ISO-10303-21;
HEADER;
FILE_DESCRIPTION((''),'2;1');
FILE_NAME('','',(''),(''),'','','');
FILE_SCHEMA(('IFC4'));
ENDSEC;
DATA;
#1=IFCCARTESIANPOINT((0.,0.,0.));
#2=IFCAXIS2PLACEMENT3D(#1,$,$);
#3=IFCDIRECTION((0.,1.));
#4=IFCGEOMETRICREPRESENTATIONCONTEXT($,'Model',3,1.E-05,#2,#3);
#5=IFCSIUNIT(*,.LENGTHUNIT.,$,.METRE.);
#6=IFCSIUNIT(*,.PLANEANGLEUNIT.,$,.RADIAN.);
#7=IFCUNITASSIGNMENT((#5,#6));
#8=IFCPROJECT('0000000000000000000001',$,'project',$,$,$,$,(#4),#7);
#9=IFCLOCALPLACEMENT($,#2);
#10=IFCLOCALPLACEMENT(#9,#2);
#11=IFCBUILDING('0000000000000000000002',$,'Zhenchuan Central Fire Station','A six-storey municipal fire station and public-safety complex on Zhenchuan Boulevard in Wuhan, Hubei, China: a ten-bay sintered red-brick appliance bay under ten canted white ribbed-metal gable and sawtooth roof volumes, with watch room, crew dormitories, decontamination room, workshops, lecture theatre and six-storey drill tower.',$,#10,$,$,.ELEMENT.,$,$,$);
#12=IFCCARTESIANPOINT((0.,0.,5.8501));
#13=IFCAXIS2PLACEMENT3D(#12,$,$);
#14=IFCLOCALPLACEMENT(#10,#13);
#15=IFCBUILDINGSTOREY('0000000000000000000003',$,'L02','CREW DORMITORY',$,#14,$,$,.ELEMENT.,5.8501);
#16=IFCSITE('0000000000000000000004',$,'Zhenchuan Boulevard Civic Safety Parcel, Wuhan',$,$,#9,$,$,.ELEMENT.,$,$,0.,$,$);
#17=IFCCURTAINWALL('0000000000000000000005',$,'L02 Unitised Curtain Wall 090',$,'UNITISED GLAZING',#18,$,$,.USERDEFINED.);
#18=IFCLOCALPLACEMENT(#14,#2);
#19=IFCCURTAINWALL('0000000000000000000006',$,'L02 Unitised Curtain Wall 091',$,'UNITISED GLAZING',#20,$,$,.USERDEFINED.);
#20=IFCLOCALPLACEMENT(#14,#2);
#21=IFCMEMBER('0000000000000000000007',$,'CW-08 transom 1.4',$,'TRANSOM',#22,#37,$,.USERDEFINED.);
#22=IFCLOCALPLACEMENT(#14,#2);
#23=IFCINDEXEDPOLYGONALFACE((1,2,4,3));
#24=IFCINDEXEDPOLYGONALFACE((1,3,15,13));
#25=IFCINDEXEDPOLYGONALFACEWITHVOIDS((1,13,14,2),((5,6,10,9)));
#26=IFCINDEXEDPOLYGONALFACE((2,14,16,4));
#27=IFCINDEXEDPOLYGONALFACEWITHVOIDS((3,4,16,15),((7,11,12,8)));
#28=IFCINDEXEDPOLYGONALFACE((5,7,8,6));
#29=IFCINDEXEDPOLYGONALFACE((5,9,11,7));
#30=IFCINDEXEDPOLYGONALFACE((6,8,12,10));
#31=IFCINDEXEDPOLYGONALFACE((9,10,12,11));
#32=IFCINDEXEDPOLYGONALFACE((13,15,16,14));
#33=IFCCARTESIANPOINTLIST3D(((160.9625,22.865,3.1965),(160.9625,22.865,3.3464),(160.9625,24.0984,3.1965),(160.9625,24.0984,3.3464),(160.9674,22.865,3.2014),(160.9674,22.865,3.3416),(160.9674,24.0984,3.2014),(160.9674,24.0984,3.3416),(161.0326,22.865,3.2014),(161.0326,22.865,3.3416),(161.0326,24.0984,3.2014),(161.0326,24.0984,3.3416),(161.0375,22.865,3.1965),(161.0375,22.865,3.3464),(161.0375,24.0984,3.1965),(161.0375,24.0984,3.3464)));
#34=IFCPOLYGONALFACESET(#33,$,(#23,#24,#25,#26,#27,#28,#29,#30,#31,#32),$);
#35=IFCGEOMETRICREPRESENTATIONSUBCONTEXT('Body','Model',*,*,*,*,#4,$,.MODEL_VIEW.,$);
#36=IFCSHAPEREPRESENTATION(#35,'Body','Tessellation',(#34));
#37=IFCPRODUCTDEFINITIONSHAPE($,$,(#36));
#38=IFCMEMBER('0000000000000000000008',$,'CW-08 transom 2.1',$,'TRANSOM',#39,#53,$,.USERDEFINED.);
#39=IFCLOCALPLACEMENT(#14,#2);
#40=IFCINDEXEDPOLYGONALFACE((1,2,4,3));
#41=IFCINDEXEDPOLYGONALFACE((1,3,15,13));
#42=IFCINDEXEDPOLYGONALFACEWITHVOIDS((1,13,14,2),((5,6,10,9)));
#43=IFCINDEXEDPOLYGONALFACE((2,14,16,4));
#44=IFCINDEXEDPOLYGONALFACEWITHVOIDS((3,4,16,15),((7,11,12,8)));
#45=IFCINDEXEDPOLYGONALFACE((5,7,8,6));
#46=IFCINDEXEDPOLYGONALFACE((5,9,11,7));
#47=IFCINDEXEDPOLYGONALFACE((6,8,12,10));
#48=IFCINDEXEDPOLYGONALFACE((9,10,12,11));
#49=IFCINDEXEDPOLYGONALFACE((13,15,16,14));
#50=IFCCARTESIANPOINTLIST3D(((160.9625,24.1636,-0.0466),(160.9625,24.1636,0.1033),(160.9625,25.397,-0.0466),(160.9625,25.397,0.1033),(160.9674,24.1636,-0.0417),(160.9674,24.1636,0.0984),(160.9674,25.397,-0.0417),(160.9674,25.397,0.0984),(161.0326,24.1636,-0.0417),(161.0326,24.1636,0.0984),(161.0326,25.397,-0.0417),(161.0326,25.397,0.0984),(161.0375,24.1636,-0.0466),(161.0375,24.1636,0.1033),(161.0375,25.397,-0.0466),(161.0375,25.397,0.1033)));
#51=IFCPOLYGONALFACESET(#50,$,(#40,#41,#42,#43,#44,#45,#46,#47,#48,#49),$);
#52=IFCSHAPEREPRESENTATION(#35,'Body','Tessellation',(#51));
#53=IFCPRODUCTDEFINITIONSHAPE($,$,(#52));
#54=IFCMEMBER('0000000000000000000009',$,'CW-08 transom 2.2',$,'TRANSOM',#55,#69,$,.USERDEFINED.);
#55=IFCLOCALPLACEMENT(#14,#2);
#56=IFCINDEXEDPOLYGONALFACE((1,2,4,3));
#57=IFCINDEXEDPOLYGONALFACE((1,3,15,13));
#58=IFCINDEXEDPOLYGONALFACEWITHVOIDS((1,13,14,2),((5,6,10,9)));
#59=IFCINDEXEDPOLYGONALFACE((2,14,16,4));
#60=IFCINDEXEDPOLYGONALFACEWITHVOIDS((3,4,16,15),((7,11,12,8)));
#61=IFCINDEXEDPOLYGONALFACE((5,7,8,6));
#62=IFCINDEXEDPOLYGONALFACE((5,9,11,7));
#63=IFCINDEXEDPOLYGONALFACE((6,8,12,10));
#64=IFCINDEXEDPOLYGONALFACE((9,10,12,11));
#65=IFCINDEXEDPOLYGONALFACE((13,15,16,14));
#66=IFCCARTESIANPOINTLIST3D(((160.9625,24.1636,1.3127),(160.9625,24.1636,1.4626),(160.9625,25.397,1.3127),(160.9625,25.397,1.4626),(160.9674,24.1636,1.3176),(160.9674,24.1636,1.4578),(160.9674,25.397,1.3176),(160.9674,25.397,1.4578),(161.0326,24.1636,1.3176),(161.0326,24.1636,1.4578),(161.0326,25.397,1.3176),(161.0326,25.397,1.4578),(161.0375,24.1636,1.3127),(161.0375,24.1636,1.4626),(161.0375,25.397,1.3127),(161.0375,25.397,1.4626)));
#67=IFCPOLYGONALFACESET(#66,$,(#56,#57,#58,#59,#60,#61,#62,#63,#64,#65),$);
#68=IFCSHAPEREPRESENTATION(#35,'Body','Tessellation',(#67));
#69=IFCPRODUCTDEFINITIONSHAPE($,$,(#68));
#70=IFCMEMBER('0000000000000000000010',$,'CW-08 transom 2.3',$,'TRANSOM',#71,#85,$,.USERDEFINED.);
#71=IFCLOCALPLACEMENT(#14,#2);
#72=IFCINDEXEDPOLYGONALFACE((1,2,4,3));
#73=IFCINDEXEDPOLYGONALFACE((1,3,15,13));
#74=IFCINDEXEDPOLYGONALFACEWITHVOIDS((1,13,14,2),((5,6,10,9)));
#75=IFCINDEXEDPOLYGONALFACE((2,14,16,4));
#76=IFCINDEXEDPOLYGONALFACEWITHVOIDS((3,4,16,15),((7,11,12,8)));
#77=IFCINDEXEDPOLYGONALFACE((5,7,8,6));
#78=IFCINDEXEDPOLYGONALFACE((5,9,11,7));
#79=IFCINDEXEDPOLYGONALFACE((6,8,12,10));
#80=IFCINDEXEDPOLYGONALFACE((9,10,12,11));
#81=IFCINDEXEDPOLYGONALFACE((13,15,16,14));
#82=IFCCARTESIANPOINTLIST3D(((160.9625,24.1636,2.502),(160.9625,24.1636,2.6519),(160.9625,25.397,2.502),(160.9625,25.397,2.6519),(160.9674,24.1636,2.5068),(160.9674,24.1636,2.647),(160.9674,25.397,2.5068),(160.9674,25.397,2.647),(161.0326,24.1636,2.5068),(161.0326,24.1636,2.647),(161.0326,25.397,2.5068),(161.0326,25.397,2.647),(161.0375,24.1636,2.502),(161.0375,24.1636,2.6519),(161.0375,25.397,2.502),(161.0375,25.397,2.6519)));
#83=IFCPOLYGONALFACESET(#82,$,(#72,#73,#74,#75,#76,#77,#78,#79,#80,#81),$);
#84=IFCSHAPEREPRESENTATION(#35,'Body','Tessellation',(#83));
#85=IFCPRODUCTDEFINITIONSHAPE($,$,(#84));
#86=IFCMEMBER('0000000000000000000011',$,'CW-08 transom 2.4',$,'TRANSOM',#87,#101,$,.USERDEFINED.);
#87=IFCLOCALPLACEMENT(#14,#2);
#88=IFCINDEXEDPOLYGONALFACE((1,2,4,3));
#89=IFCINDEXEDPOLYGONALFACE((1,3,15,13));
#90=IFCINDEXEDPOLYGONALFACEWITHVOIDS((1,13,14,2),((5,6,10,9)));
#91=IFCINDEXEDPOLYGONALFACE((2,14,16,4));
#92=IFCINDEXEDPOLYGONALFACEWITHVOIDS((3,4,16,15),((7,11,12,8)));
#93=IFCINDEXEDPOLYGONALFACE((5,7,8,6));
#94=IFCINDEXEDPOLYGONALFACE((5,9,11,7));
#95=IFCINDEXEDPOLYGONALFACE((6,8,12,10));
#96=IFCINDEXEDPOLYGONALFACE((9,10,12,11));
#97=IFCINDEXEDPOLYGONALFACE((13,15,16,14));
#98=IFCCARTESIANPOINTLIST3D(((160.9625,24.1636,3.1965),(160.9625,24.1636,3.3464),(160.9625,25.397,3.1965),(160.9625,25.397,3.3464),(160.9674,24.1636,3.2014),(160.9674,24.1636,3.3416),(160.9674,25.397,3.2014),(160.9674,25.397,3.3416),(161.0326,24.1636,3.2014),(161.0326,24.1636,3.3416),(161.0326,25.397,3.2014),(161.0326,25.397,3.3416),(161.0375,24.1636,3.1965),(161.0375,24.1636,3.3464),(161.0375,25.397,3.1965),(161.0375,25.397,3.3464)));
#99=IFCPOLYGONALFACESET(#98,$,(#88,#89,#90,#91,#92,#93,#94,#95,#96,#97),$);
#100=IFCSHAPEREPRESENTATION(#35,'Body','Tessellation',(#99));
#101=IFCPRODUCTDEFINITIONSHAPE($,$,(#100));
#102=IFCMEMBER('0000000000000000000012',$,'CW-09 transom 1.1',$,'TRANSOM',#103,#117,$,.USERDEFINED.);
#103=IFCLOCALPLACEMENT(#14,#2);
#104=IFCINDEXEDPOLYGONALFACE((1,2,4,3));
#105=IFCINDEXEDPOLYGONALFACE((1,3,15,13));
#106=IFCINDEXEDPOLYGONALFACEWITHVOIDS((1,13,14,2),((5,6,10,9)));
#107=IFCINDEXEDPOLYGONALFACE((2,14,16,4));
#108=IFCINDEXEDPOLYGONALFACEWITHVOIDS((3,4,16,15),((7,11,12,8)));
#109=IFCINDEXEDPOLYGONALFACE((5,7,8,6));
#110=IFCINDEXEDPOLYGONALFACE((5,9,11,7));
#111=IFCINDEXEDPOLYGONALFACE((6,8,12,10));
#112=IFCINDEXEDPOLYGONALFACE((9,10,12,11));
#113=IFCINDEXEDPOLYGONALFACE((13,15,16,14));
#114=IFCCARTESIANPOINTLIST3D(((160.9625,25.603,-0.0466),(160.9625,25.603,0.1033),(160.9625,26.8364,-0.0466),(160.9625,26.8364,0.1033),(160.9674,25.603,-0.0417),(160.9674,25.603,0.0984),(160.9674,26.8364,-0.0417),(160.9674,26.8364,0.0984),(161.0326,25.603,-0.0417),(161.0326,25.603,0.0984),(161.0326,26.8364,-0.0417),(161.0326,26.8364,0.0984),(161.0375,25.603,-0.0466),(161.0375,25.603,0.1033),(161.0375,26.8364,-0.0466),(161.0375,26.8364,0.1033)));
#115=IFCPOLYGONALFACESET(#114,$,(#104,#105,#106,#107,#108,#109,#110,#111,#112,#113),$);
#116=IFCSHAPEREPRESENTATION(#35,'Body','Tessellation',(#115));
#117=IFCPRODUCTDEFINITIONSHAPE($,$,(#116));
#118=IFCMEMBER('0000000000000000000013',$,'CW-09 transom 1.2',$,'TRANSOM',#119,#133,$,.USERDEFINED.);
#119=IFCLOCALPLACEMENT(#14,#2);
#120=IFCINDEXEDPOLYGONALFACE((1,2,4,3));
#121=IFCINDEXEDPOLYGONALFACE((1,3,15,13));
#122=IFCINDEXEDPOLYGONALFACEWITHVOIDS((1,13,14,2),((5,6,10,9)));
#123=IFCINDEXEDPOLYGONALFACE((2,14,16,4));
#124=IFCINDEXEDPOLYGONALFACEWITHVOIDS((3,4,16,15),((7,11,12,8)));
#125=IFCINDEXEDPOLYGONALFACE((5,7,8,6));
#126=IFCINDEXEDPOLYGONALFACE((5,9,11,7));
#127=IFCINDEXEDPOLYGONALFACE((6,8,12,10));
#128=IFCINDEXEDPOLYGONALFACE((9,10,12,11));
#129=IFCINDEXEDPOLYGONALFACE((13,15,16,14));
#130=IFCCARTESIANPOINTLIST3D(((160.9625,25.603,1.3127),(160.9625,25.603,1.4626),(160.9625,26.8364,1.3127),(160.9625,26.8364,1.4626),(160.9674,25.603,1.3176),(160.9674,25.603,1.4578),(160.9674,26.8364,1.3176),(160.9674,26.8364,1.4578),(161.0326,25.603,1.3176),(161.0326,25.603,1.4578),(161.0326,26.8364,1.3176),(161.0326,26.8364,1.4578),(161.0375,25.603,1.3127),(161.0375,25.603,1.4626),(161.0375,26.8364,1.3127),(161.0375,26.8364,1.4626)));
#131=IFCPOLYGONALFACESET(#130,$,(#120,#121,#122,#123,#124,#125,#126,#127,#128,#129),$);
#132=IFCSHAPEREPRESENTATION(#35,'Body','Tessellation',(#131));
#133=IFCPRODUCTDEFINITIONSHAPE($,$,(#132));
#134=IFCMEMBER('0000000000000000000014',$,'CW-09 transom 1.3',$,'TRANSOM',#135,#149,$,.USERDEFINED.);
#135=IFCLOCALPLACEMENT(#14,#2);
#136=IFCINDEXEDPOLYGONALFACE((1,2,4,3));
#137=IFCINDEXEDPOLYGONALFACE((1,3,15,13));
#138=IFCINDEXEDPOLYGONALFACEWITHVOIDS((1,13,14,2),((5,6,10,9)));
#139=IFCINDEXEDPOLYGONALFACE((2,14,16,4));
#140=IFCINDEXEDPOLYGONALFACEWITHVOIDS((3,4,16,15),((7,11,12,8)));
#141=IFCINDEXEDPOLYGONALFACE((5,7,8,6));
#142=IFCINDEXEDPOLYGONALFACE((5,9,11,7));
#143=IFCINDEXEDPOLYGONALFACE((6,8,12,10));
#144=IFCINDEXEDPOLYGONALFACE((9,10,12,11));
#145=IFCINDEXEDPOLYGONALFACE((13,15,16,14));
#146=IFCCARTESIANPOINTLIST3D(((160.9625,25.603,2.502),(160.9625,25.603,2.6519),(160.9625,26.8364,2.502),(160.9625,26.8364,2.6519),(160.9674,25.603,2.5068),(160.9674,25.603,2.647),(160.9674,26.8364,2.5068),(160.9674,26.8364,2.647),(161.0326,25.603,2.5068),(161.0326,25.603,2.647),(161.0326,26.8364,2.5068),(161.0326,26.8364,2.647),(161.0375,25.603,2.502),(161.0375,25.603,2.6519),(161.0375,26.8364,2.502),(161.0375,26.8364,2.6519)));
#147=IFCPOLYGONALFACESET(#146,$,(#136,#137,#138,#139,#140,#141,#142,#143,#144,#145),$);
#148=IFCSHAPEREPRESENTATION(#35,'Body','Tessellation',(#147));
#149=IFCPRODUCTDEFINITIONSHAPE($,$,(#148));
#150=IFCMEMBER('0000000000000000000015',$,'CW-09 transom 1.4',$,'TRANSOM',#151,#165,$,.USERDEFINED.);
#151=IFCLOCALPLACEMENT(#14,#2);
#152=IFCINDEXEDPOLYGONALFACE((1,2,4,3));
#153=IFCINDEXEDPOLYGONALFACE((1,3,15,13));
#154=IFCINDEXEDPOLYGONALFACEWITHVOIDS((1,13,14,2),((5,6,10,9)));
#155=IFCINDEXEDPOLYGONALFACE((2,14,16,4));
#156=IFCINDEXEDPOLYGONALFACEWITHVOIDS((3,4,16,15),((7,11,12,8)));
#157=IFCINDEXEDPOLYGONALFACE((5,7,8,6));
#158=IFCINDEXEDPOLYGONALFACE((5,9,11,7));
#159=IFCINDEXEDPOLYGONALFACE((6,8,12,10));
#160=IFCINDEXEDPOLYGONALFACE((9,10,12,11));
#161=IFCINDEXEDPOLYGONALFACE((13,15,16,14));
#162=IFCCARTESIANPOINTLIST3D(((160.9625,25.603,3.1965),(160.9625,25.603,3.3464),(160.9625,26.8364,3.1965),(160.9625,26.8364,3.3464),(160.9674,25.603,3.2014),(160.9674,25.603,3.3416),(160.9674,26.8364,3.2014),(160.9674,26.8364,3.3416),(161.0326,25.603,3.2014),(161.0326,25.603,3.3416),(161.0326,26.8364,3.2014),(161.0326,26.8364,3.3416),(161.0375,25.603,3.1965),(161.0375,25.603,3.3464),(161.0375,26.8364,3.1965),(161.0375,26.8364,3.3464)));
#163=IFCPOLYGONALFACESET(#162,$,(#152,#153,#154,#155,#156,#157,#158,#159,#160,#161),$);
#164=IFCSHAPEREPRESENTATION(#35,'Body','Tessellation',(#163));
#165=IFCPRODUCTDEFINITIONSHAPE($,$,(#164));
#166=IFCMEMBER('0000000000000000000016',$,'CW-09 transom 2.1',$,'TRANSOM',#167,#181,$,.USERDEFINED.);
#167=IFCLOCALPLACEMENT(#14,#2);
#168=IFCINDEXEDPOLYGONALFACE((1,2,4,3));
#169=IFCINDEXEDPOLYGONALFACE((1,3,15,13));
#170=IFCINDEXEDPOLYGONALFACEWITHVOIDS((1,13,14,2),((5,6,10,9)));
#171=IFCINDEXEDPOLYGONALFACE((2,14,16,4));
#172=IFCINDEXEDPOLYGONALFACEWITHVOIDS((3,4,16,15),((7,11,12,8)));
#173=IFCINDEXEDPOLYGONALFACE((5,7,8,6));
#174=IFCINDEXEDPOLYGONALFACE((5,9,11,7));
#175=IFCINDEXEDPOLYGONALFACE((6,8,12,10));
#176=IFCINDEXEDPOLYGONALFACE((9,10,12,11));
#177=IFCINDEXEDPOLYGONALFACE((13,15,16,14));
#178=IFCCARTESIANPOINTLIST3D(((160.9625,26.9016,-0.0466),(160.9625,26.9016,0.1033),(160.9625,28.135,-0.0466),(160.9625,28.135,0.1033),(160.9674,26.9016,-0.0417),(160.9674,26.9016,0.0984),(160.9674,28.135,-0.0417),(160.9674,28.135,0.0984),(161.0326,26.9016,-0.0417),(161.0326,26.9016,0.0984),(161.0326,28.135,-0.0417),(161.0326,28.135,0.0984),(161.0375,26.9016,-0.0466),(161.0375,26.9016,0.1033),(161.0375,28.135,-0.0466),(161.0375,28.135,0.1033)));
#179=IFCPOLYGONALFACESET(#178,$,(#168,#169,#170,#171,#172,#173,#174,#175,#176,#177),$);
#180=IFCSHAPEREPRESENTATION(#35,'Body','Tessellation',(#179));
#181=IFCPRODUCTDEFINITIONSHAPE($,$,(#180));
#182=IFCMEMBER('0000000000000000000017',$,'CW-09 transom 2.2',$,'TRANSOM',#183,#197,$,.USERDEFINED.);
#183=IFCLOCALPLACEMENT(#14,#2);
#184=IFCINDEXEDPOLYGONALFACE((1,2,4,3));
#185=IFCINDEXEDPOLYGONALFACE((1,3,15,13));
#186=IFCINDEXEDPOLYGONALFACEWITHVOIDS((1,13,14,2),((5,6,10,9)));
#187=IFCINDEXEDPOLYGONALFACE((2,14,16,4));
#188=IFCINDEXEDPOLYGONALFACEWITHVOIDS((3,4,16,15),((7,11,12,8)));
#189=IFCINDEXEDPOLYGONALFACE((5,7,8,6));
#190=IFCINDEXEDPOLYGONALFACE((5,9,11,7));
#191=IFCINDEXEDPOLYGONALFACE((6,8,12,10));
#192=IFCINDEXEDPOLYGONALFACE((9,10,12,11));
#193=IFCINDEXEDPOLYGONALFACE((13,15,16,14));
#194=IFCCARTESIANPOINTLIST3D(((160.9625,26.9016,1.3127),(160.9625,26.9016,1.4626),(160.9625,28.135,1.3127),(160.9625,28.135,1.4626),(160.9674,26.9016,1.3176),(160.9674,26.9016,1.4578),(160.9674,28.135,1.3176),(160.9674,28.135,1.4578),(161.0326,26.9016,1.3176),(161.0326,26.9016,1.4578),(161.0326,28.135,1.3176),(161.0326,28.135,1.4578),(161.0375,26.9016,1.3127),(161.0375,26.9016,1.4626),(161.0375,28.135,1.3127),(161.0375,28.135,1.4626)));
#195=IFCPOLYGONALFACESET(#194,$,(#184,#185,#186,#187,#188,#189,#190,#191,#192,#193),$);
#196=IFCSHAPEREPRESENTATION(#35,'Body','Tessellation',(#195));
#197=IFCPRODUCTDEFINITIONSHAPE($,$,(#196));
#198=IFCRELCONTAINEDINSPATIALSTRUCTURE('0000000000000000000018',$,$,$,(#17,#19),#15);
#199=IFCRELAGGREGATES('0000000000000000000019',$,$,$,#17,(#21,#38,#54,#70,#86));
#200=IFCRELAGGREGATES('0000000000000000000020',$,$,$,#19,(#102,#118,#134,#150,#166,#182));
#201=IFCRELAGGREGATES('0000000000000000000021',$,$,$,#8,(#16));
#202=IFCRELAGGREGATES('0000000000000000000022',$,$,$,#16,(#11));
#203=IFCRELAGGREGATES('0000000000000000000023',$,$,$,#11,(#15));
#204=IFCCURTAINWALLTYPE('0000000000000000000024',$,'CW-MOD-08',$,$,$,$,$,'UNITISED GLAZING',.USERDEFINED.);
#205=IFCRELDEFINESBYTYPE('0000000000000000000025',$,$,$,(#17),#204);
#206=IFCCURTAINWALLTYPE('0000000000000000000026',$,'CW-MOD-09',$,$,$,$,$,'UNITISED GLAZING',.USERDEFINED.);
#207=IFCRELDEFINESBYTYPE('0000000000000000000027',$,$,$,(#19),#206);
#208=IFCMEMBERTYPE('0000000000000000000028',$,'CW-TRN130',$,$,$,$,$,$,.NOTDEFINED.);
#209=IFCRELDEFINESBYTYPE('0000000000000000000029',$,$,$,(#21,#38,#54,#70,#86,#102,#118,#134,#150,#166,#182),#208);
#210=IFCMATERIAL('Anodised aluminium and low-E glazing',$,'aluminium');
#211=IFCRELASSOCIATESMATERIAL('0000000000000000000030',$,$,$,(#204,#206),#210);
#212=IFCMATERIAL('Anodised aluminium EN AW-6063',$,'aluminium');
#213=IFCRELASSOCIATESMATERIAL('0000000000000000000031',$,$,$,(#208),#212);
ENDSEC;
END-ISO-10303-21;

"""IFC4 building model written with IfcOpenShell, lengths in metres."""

from ifc_helpers import new_model, si_unit, direction, frame, origin, origin_2d, place, context, subcontext, project, spatial, hollow_rectangle, extrude, material, material_profile, profile_set, type_object, element, aggregate, save


model = new_model("IFC4")

# Units and contexts
model_context = context("Model", 3, precision=1e-05, world=origin(), true_north=direction((0.0, 1.0)))
body_context = subcontext(model_context, "Body", "Model", "MODEL_VIEW")
ifc_project = project(units=[si_unit("LENGTHUNIT", "METRE"), si_unit("PLANEANGLEUNIT", "RADIAN")], contexts=[model_context])

# Site, building, storey
site_placement = place(None, origin())
site = spatial("IfcSite", under=ifc_project, at=site_placement, Name="Zhenchuan Boulevard Civic Safety Parcel, Wuhan", CompositionType="ELEMENT", RefElevation=0.0)
building_placement = place(site_placement, origin())
building = spatial("IfcBuilding", under=site, at=building_placement, Name="Zhenchuan Central Fire Station", Description="A six-storey municipal fire station and public-safety complex on Zhenchuan Boulevard in Wuhan, Hubei, China: a ten-bay sintered red-brick appliance bay under ten canted white ribbed-metal gable and sawtooth roof volumes, with watch room, crew dormitories, decontamination room, workshops, lecture theatre and six-storey drill tower.", CompositionType="ELEMENT")
storey_placement = place(building_placement, frame((0.0, 0.0, 5.8501)))
storey = spatial("IfcBuildingStorey", under=building, at=storey_placement, Name="L02", Description="CREW DORMITORY", CompositionType="ELEMENT", Elevation=5.8501)

# Curtain walls
ifc_material_1 = material(Name="Anodised aluminium and low-E glazing", Category="aluminium")
curtain_wall_type_1 = type_object("IfcCurtainWallType", Name="CW-MOD-08", ElementType="UNITISED GLAZING", PredefinedType="USERDEFINED", material=ifc_material_1)
curtain_wall_1_placement = place(storey_placement, origin())
curtain_wall_1 = element("IfcCurtainWall", 1, at=curtain_wall_1_placement, inside=storey, type_object=curtain_wall_type_1, Name="L02 Unitised Curtain Wall 090", ObjectType="UNITISED GLAZING", PredefinedType="USERDEFINED")
ifc_material_2 = material(Name="Anodised aluminium EN AW-6063", Category="aluminium")
curtain_wall_type_2 = type_object("IfcCurtainWallType", Name="CW-MOD-09", ElementType="UNITISED GLAZING", PredefinedType="USERDEFINED", material=ifc_material_1)
curtain_wall_2_placement = place(storey_placement, origin())
curtain_wall_2 = element("IfcCurtainWall", 2, at=curtain_wall_2_placement, inside=storey, type_object=curtain_wall_type_2, Name="L02 Unitised Curtain Wall 091", ObjectType="UNITISED GLAZING", PredefinedType="USERDEFINED")

# Members
ifc_material_profile_1 = material_profile(ifc_material_2, hollow_rectangle(XDim=0.075, YDim=0.1499, WallThickness=0.0049, at=origin_2d()), Name="ALU-T 150x75")
ifc_profile_set_1 = profile_set([ifc_material_profile_1], Name="Anodised aluminium EN AW-6063")
member_type_1 = type_object("IfcMemberType", Name="CW-TRN130", PredefinedType="NOTDEFINED", material=ifc_profile_set_1)
member_1_placement = place(storey_placement, frame((161.0, 22.865, 3.2715), z_axis=(0.0, 1.0, 0.0), x_axis=(-1.0, 0.0, 0.0)))
member_1 = element("IfcMember", 3, at=member_1_placement, type_object=member_type_1, Name="CW-08 transom 1.4", ObjectType="TRANSOM", PredefinedType="USERDEFINED", context=body_context, shape_type="SweptSolid", body=[
    extrude(hollow_rectangle(XDim=0.075, YDim=0.1499, WallThickness=0.0049, at=origin_2d()), origin(), (0.0, 0.0, 1.0), 1.2334),
])
member_2_placement = place(storey_placement, frame((161.0, 24.1636, 0.0283), z_axis=(0.0, 1.0, 0.0), x_axis=(-1.0, 0.0, 0.0)))
member_2 = element("IfcMember", 4, at=member_2_placement, type_object=member_type_1, Name="CW-08 transom 2.1", ObjectType="TRANSOM", PredefinedType="USERDEFINED", context=body_context, shape_type="SweptSolid", body=[
    extrude(hollow_rectangle(XDim=0.075, YDim=0.1499, WallThickness=0.0049, at=origin_2d()), origin(), (0.0, 0.0, 1.0), 1.2334),
])
member_3_placement = place(storey_placement, frame((161.0, 24.1636, 1.3877), z_axis=(0.0, 1.0, 0.0), x_axis=(-1.0, 0.0, 0.0)))
member_3 = element("IfcMember", 5, at=member_3_placement, type_object=member_type_1, Name="CW-08 transom 2.2", ObjectType="TRANSOM", PredefinedType="USERDEFINED", context=body_context, shape_type="SweptSolid", body=[
    extrude(hollow_rectangle(XDim=0.075, YDim=0.1499, WallThickness=0.0049, at=origin_2d()), origin(), (0.0, 0.0, 1.0), 1.2334),
])
member_4_placement = place(storey_placement, frame((161.0, 24.1636, 2.5769), z_axis=(0.0, 1.0, 0.0), x_axis=(-1.0, 0.0, 0.0)))
member_4 = element("IfcMember", 6, at=member_4_placement, type_object=member_type_1, Name="CW-08 transom 2.3", ObjectType="TRANSOM", PredefinedType="USERDEFINED", context=body_context, shape_type="SweptSolid", body=[
    extrude(hollow_rectangle(XDim=0.075, YDim=0.1499, WallThickness=0.0049, at=origin_2d()), origin(), (0.0, 0.0, 1.0), 1.2334),
])
member_5_placement = place(storey_placement, frame((161.0, 24.1636, 3.2715), z_axis=(0.0, 1.0, 0.0), x_axis=(-1.0, 0.0, 0.0)))
member_5 = element("IfcMember", 7, at=member_5_placement, type_object=member_type_1, Name="CW-08 transom 2.4", ObjectType="TRANSOM", PredefinedType="USERDEFINED", context=body_context, shape_type="SweptSolid", body=[
    extrude(hollow_rectangle(XDim=0.075, YDim=0.1499, WallThickness=0.0049, at=origin_2d()), origin(), (0.0, 0.0, 1.0), 1.2334),
])
member_6_placement = place(storey_placement, frame((161.0, 25.603, 0.0283), z_axis=(0.0, 1.0, 0.0), x_axis=(-1.0, 0.0, 0.0)))
member_6 = element("IfcMember", 8, at=member_6_placement, type_object=member_type_1, Name="CW-09 transom 1.1", ObjectType="TRANSOM", PredefinedType="USERDEFINED", context=body_context, shape_type="SweptSolid", body=[
    extrude(hollow_rectangle(XDim=0.075, YDim=0.1499, WallThickness=0.0049, at=origin_2d()), origin(), (0.0, 0.0, 1.0), 1.2334),
])
member_7_placement = place(storey_placement, frame((161.0, 25.603, 1.3877), z_axis=(0.0, 1.0, 0.0), x_axis=(-1.0, 0.0, 0.0)))
member_7 = element("IfcMember", 9, at=member_7_placement, type_object=member_type_1, Name="CW-09 transom 1.2", ObjectType="TRANSOM", PredefinedType="USERDEFINED", context=body_context, shape_type="SweptSolid", body=[
    extrude(hollow_rectangle(XDim=0.075, YDim=0.1499, WallThickness=0.0049, at=origin_2d()), origin(), (0.0, 0.0, 1.0), 1.2334),
])
member_8_placement = place(storey_placement, frame((161.0, 25.603, 2.5769), z_axis=(0.0, 1.0, 0.0), x_axis=(-1.0, 0.0, 0.0)))
member_8 = element("IfcMember", 10, at=member_8_placement, type_object=member_type_1, Name="CW-09 transom 1.3", ObjectType="TRANSOM", PredefinedType="USERDEFINED", context=body_context, shape_type="SweptSolid", body=[
    extrude(hollow_rectangle(XDim=0.075, YDim=0.1499, WallThickness=0.0049, at=origin_2d()), origin(), (0.0, 0.0, 1.0), 1.2334),
])
member_9_placement = place(storey_placement, frame((161.0, 25.603, 3.2715), z_axis=(0.0, 1.0, 0.0), x_axis=(-1.0, 0.0, 0.0)))
member_9 = element("IfcMember", 11, at=member_9_placement, type_object=member_type_1, Name="CW-09 transom 1.4", ObjectType="TRANSOM", PredefinedType="USERDEFINED", context=body_context, shape_type="SweptSolid", body=[
    extrude(hollow_rectangle(XDim=0.075, YDim=0.1499, WallThickness=0.0049, at=origin_2d()), origin(), (0.0, 0.0, 1.0), 1.2334),
])
member_10_placement = place(storey_placement, frame((161.0, 26.9016, 0.0283), z_axis=(0.0, 1.0, 0.0), x_axis=(-1.0, 0.0, 0.0)))
member_10 = element("IfcMember", 12, at=member_10_placement, type_object=member_type_1, Name="CW-09 transom 2.1", ObjectType="TRANSOM", PredefinedType="USERDEFINED", context=body_context, shape_type="SweptSolid", body=[
    extrude(hollow_rectangle(XDim=0.075, YDim=0.1499, WallThickness=0.0049, at=origin_2d()), origin(), (0.0, 0.0, 1.0), 1.2334),
])
member_11_placement = place(storey_placement, frame((161.0, 26.9016, 1.3877), z_axis=(0.0, 1.0, 0.0), x_axis=(-1.0, 0.0, 0.0)))
member_11 = element("IfcMember", 13, at=member_11_placement, type_object=member_type_1, Name="CW-09 transom 2.2", ObjectType="TRANSOM", PredefinedType="USERDEFINED", context=body_context, shape_type="SweptSolid", body=[
    extrude(hollow_rectangle(XDim=0.075, YDim=0.1499, WallThickness=0.0049, at=origin_2d()), origin(), (0.0, 0.0, 1.0), 1.2334),
])

aggregate(curtain_wall_1, [member_1, member_2, member_3, member_4, member_5])
aggregate(curtain_wall_2, [member_6, member_7, member_8, member_9, member_10, member_11])

save(model, "model.ifc")
